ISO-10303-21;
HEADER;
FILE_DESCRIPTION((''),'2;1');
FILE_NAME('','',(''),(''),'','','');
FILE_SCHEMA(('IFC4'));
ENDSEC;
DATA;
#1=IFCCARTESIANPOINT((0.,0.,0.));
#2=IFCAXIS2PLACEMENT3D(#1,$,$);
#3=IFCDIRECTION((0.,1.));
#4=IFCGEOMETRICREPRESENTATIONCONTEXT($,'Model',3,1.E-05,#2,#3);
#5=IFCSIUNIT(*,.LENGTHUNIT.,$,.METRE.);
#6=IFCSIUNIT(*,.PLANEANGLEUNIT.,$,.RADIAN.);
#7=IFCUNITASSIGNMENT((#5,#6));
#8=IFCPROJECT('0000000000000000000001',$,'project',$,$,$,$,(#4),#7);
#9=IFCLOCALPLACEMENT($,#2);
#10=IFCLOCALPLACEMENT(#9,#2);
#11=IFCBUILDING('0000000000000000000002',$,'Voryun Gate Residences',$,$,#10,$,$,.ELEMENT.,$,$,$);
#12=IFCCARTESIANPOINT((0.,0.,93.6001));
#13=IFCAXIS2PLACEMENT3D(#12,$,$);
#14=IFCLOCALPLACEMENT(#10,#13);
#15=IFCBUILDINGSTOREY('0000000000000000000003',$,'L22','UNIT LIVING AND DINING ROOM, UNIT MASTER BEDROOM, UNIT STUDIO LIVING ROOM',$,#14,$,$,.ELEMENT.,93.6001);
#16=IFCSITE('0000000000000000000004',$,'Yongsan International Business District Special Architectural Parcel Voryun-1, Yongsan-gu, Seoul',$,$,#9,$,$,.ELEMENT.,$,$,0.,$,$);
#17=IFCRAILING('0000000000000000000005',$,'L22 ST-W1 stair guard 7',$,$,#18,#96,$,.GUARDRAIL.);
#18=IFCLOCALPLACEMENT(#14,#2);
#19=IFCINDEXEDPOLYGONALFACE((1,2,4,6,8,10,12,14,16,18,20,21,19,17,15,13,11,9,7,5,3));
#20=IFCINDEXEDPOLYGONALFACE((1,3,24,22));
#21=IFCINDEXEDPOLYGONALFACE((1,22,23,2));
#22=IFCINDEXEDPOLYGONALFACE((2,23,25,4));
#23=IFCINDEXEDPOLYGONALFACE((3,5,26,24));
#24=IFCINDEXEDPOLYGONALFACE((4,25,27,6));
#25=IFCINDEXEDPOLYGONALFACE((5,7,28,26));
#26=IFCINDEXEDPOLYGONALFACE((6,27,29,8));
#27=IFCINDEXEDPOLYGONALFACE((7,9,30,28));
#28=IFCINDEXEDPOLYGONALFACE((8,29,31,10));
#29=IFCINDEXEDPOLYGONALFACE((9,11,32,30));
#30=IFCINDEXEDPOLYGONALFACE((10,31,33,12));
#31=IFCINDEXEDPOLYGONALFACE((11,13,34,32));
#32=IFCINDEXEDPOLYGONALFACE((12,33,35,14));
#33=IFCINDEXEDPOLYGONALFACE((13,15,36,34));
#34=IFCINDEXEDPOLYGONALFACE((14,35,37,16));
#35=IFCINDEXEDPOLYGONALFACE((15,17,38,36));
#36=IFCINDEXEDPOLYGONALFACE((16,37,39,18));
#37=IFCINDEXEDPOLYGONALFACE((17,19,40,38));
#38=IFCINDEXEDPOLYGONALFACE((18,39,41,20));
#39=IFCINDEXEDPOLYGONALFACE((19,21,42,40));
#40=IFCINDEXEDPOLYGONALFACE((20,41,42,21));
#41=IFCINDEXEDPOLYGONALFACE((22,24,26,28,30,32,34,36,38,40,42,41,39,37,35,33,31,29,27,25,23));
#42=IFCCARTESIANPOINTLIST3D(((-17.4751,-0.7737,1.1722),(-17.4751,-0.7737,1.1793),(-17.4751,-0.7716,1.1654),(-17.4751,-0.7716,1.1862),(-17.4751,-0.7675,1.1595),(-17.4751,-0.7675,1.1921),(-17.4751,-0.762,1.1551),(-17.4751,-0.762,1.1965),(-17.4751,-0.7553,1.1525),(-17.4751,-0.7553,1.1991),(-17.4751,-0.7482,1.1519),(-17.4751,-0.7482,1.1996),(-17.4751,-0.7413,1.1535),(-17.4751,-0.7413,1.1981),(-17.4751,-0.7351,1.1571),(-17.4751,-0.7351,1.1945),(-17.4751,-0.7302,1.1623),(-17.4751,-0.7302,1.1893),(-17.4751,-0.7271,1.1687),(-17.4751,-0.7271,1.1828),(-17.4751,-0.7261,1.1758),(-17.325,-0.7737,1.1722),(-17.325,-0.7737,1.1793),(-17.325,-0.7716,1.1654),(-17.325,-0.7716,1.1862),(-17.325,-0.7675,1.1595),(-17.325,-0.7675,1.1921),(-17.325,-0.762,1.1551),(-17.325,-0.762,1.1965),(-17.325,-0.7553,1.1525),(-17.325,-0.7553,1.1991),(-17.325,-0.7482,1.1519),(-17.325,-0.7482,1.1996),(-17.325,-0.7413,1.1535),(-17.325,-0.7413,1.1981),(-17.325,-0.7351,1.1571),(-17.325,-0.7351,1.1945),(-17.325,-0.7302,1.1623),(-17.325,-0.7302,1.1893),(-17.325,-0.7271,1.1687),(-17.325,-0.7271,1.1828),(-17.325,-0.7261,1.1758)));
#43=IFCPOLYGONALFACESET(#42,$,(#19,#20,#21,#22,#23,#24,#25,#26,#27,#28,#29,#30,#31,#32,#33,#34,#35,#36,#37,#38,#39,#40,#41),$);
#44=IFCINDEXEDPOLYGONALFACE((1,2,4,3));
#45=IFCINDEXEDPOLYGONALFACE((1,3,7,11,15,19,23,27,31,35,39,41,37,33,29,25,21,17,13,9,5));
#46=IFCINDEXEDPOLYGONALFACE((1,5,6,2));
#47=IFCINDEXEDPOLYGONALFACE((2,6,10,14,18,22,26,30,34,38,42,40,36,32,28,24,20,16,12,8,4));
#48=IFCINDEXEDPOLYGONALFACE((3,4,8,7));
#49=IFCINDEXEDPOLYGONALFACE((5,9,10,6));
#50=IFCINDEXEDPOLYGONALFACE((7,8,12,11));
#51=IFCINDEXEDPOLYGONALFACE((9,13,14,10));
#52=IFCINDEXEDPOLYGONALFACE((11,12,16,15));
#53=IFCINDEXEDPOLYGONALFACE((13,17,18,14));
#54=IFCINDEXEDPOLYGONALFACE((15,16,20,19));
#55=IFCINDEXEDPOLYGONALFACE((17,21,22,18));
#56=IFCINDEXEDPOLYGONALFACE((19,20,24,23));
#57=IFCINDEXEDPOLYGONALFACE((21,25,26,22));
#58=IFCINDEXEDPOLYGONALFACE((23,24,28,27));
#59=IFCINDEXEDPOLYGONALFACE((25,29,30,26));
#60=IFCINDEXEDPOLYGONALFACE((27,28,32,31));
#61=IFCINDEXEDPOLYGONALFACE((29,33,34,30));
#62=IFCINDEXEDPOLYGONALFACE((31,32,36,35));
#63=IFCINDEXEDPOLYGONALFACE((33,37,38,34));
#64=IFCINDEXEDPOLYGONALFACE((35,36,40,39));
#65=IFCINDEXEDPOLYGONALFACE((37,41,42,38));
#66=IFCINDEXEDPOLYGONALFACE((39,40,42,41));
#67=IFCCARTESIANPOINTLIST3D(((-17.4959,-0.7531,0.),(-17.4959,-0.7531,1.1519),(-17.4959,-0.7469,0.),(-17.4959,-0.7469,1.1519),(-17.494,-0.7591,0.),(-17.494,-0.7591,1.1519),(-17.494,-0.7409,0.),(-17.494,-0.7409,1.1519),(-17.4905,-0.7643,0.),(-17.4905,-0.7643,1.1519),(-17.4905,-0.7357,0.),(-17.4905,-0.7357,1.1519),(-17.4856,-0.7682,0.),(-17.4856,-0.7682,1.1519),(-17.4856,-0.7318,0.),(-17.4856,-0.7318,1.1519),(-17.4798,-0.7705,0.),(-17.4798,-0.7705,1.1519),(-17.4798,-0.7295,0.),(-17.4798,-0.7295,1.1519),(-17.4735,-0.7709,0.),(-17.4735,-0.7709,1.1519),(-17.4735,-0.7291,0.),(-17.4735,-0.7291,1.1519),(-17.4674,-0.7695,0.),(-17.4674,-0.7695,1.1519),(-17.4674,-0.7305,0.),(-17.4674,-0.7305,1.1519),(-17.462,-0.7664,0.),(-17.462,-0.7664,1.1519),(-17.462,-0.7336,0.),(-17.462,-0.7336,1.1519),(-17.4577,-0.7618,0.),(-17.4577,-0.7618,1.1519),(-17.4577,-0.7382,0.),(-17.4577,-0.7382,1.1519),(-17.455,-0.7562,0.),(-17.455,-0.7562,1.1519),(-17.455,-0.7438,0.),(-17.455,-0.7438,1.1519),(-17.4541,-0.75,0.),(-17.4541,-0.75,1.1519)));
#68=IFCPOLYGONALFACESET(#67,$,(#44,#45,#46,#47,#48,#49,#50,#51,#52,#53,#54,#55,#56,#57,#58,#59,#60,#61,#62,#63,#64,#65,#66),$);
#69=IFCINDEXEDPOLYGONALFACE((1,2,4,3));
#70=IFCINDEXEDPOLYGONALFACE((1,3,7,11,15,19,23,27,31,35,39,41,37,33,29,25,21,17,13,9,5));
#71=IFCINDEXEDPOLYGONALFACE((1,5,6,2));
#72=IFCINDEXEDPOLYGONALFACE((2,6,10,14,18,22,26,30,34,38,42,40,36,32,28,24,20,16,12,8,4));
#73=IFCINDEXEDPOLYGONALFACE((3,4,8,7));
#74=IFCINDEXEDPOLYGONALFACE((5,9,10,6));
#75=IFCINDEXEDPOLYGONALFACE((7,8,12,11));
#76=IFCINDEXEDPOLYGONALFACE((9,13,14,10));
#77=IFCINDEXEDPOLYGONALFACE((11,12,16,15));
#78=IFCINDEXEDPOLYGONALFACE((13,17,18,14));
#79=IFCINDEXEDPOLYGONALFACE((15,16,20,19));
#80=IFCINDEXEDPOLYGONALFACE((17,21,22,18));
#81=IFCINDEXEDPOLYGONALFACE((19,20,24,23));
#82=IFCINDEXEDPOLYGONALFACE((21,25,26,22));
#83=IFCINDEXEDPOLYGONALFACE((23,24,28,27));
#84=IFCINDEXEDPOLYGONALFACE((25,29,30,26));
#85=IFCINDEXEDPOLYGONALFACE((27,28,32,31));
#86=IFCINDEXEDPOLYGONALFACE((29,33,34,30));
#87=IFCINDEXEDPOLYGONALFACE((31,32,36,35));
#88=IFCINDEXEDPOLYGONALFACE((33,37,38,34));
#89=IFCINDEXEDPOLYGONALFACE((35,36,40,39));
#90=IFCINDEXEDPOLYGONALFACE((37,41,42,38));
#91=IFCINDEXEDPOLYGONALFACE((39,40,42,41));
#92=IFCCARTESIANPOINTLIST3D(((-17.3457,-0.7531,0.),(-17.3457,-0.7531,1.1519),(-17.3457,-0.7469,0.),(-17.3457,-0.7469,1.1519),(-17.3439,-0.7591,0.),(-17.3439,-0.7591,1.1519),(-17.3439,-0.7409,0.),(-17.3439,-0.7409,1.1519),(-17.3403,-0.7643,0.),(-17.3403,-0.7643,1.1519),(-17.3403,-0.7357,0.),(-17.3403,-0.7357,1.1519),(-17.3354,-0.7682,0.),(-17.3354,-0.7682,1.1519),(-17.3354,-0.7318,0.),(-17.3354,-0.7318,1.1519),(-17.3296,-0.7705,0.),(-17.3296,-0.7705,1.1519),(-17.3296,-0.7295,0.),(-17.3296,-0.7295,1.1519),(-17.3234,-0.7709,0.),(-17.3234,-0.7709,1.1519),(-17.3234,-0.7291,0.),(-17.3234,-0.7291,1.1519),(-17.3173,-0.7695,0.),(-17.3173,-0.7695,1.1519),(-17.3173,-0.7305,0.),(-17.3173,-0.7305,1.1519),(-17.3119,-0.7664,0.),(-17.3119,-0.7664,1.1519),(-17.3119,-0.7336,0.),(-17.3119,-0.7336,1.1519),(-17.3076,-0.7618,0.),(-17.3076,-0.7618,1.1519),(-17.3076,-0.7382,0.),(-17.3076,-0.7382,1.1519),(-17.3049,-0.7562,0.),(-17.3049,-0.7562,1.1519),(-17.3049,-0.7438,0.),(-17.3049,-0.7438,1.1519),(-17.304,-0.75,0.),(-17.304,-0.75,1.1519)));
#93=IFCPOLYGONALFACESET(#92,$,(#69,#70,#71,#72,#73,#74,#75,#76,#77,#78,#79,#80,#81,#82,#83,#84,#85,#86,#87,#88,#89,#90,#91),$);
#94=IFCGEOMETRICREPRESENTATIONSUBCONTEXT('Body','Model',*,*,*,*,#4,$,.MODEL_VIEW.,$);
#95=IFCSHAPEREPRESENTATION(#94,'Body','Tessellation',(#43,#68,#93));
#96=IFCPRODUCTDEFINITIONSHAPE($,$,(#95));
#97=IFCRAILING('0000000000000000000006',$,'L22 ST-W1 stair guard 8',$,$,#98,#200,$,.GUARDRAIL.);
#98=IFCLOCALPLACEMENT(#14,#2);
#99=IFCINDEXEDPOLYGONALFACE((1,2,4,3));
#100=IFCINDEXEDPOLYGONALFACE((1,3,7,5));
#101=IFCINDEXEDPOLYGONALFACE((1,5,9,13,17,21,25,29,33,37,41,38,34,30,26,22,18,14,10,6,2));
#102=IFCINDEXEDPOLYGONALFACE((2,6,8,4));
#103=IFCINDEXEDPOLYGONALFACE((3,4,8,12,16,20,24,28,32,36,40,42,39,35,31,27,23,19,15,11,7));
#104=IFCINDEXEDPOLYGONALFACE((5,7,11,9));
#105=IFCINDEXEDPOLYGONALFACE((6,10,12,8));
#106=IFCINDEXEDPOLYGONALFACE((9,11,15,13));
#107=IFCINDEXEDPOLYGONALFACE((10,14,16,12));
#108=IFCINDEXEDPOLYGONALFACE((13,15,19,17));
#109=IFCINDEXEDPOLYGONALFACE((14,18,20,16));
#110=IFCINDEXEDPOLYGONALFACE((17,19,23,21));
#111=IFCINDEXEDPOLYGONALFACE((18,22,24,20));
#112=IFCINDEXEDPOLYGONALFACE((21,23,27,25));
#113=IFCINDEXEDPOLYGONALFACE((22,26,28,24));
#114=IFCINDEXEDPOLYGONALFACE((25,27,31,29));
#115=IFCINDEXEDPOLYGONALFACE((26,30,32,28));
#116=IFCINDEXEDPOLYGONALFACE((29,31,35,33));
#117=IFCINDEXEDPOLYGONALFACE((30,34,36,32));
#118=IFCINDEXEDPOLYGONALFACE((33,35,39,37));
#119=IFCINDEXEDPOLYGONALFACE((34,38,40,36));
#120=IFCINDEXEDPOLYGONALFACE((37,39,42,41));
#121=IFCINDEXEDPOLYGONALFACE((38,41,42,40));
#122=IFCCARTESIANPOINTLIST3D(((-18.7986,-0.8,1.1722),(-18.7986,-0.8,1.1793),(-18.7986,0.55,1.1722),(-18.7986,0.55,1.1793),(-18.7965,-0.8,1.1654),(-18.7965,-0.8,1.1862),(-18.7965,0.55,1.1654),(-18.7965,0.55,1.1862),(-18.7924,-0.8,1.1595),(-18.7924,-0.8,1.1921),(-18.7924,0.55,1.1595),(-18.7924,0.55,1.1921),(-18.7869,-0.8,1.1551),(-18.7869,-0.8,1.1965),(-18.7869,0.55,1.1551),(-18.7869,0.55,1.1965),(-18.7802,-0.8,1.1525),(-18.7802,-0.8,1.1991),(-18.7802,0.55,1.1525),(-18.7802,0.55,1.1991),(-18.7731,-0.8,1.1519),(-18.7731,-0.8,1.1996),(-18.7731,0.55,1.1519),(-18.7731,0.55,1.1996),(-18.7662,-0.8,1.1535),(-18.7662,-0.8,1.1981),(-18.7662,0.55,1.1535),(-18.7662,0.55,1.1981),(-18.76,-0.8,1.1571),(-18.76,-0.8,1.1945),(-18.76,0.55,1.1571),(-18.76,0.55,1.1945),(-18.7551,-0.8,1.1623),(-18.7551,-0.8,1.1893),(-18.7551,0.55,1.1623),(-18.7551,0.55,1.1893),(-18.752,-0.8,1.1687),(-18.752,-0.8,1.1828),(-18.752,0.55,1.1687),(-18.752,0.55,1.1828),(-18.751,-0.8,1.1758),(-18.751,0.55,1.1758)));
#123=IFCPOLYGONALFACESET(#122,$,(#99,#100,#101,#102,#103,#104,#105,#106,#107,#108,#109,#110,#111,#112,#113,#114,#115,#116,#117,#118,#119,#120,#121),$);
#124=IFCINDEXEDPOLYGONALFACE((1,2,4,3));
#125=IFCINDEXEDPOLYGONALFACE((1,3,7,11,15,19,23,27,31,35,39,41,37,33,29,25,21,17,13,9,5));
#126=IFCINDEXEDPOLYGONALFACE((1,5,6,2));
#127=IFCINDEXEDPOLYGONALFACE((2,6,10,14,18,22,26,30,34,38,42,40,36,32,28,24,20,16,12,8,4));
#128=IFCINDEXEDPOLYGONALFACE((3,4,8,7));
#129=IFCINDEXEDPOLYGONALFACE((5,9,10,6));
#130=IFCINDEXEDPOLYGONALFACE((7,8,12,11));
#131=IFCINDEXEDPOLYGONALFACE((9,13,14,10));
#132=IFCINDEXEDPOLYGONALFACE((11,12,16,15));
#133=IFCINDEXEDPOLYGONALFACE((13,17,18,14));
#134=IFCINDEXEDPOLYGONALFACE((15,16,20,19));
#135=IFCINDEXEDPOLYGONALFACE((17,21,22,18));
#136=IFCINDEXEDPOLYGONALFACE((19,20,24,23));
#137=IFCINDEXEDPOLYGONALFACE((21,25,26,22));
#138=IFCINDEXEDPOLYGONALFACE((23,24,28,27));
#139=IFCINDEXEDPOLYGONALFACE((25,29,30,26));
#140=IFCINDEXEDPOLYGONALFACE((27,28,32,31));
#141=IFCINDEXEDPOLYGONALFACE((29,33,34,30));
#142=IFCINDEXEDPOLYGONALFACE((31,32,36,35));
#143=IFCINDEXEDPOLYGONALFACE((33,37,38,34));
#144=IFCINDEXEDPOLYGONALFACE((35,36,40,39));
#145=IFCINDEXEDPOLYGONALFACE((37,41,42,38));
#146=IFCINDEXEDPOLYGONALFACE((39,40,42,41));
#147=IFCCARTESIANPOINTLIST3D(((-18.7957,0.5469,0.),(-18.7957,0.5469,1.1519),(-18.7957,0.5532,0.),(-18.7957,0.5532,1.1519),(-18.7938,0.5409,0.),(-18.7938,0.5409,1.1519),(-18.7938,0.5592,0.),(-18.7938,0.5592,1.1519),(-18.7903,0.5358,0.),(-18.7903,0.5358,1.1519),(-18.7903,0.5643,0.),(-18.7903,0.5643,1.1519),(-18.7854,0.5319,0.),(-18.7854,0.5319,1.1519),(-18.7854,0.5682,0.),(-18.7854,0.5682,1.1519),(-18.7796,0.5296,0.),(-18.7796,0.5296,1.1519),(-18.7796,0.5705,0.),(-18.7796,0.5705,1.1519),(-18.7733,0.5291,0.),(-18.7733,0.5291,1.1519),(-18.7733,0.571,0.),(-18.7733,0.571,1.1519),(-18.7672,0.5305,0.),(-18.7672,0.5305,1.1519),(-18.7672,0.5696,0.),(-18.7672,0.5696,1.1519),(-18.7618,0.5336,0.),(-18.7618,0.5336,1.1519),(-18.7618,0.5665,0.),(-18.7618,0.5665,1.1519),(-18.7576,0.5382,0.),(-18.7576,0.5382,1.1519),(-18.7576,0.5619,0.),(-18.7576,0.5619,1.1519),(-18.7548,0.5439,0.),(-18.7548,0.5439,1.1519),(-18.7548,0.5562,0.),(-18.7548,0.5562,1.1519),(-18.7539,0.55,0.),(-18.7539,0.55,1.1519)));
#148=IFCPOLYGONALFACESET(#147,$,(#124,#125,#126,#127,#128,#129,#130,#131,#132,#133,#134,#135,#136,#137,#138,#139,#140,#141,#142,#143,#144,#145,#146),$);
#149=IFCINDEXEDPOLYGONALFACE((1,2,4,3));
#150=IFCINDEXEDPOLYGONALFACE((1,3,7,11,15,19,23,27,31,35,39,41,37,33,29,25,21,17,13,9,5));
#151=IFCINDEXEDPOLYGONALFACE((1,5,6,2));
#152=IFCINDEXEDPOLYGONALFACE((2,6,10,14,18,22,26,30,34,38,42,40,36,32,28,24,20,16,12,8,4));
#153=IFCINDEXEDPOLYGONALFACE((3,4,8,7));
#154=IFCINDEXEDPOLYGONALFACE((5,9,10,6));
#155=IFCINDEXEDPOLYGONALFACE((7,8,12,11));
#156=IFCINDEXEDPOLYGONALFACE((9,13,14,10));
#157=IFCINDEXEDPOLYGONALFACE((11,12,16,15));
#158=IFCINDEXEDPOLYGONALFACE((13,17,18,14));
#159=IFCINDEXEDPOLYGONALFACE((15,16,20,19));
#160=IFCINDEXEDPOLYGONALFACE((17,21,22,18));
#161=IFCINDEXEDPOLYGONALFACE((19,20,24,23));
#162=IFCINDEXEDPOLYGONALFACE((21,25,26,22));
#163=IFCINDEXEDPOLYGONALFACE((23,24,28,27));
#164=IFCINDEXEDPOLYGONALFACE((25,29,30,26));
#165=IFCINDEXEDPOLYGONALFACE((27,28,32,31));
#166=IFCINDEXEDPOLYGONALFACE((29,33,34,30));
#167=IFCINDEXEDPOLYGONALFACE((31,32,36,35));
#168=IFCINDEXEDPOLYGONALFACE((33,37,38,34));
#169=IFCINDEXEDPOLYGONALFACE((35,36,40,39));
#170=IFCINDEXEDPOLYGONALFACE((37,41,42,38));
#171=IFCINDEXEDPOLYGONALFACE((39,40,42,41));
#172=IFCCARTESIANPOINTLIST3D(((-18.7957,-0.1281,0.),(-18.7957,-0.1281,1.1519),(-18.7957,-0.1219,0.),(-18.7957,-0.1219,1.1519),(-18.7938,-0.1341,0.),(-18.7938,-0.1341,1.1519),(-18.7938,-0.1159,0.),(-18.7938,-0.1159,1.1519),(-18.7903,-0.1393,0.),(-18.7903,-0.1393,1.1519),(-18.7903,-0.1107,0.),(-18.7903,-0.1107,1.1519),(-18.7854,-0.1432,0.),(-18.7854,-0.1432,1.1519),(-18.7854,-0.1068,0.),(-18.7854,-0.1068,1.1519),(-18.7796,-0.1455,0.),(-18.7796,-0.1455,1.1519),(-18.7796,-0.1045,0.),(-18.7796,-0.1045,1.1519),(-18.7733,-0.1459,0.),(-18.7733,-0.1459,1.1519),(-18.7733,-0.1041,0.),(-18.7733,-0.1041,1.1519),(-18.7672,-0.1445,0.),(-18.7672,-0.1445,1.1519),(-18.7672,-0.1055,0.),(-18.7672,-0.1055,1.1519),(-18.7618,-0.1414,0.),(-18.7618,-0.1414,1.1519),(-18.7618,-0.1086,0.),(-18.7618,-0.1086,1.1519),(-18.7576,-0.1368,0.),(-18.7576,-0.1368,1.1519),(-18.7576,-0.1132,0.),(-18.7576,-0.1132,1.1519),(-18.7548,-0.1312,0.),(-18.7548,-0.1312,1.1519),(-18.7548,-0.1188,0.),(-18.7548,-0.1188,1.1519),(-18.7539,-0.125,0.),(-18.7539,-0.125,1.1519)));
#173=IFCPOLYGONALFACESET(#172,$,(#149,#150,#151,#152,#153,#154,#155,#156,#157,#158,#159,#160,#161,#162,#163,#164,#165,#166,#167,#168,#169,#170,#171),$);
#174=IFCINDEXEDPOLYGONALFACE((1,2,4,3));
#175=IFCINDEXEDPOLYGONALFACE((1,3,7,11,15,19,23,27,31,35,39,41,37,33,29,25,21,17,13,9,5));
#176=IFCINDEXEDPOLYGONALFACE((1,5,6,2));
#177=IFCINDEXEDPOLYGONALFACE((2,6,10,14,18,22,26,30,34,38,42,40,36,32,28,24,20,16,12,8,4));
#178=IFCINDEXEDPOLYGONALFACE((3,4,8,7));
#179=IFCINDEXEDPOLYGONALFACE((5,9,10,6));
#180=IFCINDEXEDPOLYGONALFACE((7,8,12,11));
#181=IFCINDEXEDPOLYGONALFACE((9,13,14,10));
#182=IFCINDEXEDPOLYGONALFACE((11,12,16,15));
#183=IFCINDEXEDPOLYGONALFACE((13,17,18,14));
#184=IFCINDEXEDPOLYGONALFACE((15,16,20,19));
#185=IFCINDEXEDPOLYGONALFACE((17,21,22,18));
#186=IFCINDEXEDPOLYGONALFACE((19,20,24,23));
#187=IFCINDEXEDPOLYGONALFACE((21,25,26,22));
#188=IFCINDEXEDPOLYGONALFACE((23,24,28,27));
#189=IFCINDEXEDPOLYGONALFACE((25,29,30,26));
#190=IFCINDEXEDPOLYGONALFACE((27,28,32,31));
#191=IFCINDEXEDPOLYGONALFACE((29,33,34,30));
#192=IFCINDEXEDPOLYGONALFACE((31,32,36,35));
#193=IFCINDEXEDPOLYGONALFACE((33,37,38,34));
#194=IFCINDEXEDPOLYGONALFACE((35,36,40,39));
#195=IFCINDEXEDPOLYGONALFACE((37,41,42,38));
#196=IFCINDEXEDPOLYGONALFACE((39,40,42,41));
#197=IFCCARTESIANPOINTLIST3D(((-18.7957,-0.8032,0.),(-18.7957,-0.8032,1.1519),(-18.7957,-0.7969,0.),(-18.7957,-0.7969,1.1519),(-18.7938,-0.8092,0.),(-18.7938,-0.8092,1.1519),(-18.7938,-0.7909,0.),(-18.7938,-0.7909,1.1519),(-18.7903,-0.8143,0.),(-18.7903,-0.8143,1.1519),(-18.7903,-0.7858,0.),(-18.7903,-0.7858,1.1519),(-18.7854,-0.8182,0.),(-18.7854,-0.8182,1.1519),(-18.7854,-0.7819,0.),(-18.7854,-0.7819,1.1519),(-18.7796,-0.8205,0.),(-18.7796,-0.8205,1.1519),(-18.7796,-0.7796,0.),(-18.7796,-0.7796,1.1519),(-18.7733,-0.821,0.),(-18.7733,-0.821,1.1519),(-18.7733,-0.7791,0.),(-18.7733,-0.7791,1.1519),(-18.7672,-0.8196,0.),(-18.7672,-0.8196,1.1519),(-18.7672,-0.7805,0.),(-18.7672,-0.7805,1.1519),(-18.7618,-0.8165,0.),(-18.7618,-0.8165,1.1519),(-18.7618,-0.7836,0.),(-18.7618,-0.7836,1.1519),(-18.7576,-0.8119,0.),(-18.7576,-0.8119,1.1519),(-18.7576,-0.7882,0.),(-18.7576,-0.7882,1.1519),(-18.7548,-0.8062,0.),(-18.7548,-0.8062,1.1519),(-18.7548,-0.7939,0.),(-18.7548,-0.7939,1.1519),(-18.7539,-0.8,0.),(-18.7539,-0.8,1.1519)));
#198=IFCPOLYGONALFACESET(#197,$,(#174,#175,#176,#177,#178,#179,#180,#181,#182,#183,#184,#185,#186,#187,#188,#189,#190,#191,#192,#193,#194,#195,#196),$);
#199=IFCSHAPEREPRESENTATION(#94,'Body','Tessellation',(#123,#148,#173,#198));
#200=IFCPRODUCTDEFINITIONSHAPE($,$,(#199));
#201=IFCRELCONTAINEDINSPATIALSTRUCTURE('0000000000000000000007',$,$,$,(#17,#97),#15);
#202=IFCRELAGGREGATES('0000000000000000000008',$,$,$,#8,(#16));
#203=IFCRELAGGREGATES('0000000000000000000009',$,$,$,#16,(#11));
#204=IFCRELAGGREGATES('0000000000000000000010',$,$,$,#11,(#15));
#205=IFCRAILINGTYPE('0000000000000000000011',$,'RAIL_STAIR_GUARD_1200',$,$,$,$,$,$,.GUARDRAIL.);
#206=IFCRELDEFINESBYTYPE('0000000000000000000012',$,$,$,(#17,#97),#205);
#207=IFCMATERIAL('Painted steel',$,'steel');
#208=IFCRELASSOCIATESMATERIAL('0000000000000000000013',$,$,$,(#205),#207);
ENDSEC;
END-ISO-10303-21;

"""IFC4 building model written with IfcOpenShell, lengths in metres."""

from ifc_helpers import new_model, si_unit, direction, frame, origin, origin_2d, place, context, subcontext, project, spatial, circle, extrude, material, type_object, element, save


model = new_model("IFC4")

# Units and contexts
model_context = context("Model", 3, precision=1e-05, world=origin(), true_north=direction((0.0, 1.0)))
body_context = subcontext(model_context, "Body", "Model", "MODEL_VIEW")
ifc_project = project(units=[si_unit("LENGTHUNIT", "METRE"), si_unit("PLANEANGLEUNIT", "RADIAN")], contexts=[model_context])

# Site, building, storey
site_placement = place(None, origin())
site = spatial("IfcSite", under=ifc_project, at=site_placement, Name="Yongsan International Business District Special Architectural Parcel Voryun-1, Yongsan-gu, Seoul", CompositionType="ELEMENT", RefElevation=0.0)
building_placement = place(site_placement, origin())
building = spatial("IfcBuilding", under=site, at=building_placement, Name="Voryun Gate Residences", CompositionType="ELEMENT")
storey_placement = place(building_placement, frame((0.0, 0.0, 93.6001)))
storey = spatial("IfcBuildingStorey", under=building, at=storey_placement, Name="L22", Description="UNIT LIVING AND DINING ROOM, UNIT MASTER BEDROOM, UNIT STUDIO LIVING ROOM", CompositionType="ELEMENT", Elevation=93.6001)

# Railings
ifc_material_1 = material(Name="Painted steel", Category="steel")
railing_type = type_object("IfcRailingType", Name="RAIL_STAIR_GUARD_1200", PredefinedType="GUARDRAIL", material=ifc_material_1)
railing_1_placement = place(storey_placement, frame((-17.4751, -0.75, 0.0)))
element("IfcRailing", 1, at=railing_1_placement, inside=storey, type_object=railing_type, Name="L22 ST-W1 stair guard 7", PredefinedType="GUARDRAIL", context=body_context, shape_type="SweptSolid", body=[
    extrude(circle(Radius=0.0239, at=origin_2d()), frame((0.0, 0.0, 1.1758), z_axis=(1.0, 0.0, 0.0), x_axis=(0.0, 1.0, 0.0)), (0.0, 0.0, 1.0), 0.1501),
    extrude(circle(Radius=0.021, at=origin_2d()), origin(), (0.0, 0.0, 1.0), 1.1519),
    extrude(circle(Radius=0.021, at=origin_2d()), frame((0.1501, 0.0, 0.0)), (0.0, 0.0, 1.0), 1.1519),
])
for number, where, name in (
    (2, (-18.7749, 0.55, 0.0), "L22 ST-W1 stair guard 8"),
):
    element("IfcRailing", number, at=place(storey_placement, frame(where)), inside=storey, type_object=railing_type, Name=name, PredefinedType="GUARDRAIL", context=body_context, shape_type="SweptSolid", body=[
        extrude(circle(Radius=0.0239, at=origin_2d()), frame((0.0, 0.0, 1.1758), z_axis=(0.0, -1.0, 0.0), x_axis=(1.0, 0.0, 0.0)), (0.0, 0.0, 1.0), 1.3501),
        extrude(circle(Radius=0.021, at=origin_2d()), origin(), (0.0, 0.0, 1.0), 1.1519),
        extrude(circle(Radius=0.021, at=origin_2d()), frame((0.0, -0.675, 0.0)), (0.0, 0.0, 1.0), 1.1519),
        extrude(circle(Radius=0.021, at=origin_2d()), frame((0.0, -1.3501, 0.0)), (0.0, 0.0, 1.0), 1.1519),
    ])

save(model, "model.ifc")
